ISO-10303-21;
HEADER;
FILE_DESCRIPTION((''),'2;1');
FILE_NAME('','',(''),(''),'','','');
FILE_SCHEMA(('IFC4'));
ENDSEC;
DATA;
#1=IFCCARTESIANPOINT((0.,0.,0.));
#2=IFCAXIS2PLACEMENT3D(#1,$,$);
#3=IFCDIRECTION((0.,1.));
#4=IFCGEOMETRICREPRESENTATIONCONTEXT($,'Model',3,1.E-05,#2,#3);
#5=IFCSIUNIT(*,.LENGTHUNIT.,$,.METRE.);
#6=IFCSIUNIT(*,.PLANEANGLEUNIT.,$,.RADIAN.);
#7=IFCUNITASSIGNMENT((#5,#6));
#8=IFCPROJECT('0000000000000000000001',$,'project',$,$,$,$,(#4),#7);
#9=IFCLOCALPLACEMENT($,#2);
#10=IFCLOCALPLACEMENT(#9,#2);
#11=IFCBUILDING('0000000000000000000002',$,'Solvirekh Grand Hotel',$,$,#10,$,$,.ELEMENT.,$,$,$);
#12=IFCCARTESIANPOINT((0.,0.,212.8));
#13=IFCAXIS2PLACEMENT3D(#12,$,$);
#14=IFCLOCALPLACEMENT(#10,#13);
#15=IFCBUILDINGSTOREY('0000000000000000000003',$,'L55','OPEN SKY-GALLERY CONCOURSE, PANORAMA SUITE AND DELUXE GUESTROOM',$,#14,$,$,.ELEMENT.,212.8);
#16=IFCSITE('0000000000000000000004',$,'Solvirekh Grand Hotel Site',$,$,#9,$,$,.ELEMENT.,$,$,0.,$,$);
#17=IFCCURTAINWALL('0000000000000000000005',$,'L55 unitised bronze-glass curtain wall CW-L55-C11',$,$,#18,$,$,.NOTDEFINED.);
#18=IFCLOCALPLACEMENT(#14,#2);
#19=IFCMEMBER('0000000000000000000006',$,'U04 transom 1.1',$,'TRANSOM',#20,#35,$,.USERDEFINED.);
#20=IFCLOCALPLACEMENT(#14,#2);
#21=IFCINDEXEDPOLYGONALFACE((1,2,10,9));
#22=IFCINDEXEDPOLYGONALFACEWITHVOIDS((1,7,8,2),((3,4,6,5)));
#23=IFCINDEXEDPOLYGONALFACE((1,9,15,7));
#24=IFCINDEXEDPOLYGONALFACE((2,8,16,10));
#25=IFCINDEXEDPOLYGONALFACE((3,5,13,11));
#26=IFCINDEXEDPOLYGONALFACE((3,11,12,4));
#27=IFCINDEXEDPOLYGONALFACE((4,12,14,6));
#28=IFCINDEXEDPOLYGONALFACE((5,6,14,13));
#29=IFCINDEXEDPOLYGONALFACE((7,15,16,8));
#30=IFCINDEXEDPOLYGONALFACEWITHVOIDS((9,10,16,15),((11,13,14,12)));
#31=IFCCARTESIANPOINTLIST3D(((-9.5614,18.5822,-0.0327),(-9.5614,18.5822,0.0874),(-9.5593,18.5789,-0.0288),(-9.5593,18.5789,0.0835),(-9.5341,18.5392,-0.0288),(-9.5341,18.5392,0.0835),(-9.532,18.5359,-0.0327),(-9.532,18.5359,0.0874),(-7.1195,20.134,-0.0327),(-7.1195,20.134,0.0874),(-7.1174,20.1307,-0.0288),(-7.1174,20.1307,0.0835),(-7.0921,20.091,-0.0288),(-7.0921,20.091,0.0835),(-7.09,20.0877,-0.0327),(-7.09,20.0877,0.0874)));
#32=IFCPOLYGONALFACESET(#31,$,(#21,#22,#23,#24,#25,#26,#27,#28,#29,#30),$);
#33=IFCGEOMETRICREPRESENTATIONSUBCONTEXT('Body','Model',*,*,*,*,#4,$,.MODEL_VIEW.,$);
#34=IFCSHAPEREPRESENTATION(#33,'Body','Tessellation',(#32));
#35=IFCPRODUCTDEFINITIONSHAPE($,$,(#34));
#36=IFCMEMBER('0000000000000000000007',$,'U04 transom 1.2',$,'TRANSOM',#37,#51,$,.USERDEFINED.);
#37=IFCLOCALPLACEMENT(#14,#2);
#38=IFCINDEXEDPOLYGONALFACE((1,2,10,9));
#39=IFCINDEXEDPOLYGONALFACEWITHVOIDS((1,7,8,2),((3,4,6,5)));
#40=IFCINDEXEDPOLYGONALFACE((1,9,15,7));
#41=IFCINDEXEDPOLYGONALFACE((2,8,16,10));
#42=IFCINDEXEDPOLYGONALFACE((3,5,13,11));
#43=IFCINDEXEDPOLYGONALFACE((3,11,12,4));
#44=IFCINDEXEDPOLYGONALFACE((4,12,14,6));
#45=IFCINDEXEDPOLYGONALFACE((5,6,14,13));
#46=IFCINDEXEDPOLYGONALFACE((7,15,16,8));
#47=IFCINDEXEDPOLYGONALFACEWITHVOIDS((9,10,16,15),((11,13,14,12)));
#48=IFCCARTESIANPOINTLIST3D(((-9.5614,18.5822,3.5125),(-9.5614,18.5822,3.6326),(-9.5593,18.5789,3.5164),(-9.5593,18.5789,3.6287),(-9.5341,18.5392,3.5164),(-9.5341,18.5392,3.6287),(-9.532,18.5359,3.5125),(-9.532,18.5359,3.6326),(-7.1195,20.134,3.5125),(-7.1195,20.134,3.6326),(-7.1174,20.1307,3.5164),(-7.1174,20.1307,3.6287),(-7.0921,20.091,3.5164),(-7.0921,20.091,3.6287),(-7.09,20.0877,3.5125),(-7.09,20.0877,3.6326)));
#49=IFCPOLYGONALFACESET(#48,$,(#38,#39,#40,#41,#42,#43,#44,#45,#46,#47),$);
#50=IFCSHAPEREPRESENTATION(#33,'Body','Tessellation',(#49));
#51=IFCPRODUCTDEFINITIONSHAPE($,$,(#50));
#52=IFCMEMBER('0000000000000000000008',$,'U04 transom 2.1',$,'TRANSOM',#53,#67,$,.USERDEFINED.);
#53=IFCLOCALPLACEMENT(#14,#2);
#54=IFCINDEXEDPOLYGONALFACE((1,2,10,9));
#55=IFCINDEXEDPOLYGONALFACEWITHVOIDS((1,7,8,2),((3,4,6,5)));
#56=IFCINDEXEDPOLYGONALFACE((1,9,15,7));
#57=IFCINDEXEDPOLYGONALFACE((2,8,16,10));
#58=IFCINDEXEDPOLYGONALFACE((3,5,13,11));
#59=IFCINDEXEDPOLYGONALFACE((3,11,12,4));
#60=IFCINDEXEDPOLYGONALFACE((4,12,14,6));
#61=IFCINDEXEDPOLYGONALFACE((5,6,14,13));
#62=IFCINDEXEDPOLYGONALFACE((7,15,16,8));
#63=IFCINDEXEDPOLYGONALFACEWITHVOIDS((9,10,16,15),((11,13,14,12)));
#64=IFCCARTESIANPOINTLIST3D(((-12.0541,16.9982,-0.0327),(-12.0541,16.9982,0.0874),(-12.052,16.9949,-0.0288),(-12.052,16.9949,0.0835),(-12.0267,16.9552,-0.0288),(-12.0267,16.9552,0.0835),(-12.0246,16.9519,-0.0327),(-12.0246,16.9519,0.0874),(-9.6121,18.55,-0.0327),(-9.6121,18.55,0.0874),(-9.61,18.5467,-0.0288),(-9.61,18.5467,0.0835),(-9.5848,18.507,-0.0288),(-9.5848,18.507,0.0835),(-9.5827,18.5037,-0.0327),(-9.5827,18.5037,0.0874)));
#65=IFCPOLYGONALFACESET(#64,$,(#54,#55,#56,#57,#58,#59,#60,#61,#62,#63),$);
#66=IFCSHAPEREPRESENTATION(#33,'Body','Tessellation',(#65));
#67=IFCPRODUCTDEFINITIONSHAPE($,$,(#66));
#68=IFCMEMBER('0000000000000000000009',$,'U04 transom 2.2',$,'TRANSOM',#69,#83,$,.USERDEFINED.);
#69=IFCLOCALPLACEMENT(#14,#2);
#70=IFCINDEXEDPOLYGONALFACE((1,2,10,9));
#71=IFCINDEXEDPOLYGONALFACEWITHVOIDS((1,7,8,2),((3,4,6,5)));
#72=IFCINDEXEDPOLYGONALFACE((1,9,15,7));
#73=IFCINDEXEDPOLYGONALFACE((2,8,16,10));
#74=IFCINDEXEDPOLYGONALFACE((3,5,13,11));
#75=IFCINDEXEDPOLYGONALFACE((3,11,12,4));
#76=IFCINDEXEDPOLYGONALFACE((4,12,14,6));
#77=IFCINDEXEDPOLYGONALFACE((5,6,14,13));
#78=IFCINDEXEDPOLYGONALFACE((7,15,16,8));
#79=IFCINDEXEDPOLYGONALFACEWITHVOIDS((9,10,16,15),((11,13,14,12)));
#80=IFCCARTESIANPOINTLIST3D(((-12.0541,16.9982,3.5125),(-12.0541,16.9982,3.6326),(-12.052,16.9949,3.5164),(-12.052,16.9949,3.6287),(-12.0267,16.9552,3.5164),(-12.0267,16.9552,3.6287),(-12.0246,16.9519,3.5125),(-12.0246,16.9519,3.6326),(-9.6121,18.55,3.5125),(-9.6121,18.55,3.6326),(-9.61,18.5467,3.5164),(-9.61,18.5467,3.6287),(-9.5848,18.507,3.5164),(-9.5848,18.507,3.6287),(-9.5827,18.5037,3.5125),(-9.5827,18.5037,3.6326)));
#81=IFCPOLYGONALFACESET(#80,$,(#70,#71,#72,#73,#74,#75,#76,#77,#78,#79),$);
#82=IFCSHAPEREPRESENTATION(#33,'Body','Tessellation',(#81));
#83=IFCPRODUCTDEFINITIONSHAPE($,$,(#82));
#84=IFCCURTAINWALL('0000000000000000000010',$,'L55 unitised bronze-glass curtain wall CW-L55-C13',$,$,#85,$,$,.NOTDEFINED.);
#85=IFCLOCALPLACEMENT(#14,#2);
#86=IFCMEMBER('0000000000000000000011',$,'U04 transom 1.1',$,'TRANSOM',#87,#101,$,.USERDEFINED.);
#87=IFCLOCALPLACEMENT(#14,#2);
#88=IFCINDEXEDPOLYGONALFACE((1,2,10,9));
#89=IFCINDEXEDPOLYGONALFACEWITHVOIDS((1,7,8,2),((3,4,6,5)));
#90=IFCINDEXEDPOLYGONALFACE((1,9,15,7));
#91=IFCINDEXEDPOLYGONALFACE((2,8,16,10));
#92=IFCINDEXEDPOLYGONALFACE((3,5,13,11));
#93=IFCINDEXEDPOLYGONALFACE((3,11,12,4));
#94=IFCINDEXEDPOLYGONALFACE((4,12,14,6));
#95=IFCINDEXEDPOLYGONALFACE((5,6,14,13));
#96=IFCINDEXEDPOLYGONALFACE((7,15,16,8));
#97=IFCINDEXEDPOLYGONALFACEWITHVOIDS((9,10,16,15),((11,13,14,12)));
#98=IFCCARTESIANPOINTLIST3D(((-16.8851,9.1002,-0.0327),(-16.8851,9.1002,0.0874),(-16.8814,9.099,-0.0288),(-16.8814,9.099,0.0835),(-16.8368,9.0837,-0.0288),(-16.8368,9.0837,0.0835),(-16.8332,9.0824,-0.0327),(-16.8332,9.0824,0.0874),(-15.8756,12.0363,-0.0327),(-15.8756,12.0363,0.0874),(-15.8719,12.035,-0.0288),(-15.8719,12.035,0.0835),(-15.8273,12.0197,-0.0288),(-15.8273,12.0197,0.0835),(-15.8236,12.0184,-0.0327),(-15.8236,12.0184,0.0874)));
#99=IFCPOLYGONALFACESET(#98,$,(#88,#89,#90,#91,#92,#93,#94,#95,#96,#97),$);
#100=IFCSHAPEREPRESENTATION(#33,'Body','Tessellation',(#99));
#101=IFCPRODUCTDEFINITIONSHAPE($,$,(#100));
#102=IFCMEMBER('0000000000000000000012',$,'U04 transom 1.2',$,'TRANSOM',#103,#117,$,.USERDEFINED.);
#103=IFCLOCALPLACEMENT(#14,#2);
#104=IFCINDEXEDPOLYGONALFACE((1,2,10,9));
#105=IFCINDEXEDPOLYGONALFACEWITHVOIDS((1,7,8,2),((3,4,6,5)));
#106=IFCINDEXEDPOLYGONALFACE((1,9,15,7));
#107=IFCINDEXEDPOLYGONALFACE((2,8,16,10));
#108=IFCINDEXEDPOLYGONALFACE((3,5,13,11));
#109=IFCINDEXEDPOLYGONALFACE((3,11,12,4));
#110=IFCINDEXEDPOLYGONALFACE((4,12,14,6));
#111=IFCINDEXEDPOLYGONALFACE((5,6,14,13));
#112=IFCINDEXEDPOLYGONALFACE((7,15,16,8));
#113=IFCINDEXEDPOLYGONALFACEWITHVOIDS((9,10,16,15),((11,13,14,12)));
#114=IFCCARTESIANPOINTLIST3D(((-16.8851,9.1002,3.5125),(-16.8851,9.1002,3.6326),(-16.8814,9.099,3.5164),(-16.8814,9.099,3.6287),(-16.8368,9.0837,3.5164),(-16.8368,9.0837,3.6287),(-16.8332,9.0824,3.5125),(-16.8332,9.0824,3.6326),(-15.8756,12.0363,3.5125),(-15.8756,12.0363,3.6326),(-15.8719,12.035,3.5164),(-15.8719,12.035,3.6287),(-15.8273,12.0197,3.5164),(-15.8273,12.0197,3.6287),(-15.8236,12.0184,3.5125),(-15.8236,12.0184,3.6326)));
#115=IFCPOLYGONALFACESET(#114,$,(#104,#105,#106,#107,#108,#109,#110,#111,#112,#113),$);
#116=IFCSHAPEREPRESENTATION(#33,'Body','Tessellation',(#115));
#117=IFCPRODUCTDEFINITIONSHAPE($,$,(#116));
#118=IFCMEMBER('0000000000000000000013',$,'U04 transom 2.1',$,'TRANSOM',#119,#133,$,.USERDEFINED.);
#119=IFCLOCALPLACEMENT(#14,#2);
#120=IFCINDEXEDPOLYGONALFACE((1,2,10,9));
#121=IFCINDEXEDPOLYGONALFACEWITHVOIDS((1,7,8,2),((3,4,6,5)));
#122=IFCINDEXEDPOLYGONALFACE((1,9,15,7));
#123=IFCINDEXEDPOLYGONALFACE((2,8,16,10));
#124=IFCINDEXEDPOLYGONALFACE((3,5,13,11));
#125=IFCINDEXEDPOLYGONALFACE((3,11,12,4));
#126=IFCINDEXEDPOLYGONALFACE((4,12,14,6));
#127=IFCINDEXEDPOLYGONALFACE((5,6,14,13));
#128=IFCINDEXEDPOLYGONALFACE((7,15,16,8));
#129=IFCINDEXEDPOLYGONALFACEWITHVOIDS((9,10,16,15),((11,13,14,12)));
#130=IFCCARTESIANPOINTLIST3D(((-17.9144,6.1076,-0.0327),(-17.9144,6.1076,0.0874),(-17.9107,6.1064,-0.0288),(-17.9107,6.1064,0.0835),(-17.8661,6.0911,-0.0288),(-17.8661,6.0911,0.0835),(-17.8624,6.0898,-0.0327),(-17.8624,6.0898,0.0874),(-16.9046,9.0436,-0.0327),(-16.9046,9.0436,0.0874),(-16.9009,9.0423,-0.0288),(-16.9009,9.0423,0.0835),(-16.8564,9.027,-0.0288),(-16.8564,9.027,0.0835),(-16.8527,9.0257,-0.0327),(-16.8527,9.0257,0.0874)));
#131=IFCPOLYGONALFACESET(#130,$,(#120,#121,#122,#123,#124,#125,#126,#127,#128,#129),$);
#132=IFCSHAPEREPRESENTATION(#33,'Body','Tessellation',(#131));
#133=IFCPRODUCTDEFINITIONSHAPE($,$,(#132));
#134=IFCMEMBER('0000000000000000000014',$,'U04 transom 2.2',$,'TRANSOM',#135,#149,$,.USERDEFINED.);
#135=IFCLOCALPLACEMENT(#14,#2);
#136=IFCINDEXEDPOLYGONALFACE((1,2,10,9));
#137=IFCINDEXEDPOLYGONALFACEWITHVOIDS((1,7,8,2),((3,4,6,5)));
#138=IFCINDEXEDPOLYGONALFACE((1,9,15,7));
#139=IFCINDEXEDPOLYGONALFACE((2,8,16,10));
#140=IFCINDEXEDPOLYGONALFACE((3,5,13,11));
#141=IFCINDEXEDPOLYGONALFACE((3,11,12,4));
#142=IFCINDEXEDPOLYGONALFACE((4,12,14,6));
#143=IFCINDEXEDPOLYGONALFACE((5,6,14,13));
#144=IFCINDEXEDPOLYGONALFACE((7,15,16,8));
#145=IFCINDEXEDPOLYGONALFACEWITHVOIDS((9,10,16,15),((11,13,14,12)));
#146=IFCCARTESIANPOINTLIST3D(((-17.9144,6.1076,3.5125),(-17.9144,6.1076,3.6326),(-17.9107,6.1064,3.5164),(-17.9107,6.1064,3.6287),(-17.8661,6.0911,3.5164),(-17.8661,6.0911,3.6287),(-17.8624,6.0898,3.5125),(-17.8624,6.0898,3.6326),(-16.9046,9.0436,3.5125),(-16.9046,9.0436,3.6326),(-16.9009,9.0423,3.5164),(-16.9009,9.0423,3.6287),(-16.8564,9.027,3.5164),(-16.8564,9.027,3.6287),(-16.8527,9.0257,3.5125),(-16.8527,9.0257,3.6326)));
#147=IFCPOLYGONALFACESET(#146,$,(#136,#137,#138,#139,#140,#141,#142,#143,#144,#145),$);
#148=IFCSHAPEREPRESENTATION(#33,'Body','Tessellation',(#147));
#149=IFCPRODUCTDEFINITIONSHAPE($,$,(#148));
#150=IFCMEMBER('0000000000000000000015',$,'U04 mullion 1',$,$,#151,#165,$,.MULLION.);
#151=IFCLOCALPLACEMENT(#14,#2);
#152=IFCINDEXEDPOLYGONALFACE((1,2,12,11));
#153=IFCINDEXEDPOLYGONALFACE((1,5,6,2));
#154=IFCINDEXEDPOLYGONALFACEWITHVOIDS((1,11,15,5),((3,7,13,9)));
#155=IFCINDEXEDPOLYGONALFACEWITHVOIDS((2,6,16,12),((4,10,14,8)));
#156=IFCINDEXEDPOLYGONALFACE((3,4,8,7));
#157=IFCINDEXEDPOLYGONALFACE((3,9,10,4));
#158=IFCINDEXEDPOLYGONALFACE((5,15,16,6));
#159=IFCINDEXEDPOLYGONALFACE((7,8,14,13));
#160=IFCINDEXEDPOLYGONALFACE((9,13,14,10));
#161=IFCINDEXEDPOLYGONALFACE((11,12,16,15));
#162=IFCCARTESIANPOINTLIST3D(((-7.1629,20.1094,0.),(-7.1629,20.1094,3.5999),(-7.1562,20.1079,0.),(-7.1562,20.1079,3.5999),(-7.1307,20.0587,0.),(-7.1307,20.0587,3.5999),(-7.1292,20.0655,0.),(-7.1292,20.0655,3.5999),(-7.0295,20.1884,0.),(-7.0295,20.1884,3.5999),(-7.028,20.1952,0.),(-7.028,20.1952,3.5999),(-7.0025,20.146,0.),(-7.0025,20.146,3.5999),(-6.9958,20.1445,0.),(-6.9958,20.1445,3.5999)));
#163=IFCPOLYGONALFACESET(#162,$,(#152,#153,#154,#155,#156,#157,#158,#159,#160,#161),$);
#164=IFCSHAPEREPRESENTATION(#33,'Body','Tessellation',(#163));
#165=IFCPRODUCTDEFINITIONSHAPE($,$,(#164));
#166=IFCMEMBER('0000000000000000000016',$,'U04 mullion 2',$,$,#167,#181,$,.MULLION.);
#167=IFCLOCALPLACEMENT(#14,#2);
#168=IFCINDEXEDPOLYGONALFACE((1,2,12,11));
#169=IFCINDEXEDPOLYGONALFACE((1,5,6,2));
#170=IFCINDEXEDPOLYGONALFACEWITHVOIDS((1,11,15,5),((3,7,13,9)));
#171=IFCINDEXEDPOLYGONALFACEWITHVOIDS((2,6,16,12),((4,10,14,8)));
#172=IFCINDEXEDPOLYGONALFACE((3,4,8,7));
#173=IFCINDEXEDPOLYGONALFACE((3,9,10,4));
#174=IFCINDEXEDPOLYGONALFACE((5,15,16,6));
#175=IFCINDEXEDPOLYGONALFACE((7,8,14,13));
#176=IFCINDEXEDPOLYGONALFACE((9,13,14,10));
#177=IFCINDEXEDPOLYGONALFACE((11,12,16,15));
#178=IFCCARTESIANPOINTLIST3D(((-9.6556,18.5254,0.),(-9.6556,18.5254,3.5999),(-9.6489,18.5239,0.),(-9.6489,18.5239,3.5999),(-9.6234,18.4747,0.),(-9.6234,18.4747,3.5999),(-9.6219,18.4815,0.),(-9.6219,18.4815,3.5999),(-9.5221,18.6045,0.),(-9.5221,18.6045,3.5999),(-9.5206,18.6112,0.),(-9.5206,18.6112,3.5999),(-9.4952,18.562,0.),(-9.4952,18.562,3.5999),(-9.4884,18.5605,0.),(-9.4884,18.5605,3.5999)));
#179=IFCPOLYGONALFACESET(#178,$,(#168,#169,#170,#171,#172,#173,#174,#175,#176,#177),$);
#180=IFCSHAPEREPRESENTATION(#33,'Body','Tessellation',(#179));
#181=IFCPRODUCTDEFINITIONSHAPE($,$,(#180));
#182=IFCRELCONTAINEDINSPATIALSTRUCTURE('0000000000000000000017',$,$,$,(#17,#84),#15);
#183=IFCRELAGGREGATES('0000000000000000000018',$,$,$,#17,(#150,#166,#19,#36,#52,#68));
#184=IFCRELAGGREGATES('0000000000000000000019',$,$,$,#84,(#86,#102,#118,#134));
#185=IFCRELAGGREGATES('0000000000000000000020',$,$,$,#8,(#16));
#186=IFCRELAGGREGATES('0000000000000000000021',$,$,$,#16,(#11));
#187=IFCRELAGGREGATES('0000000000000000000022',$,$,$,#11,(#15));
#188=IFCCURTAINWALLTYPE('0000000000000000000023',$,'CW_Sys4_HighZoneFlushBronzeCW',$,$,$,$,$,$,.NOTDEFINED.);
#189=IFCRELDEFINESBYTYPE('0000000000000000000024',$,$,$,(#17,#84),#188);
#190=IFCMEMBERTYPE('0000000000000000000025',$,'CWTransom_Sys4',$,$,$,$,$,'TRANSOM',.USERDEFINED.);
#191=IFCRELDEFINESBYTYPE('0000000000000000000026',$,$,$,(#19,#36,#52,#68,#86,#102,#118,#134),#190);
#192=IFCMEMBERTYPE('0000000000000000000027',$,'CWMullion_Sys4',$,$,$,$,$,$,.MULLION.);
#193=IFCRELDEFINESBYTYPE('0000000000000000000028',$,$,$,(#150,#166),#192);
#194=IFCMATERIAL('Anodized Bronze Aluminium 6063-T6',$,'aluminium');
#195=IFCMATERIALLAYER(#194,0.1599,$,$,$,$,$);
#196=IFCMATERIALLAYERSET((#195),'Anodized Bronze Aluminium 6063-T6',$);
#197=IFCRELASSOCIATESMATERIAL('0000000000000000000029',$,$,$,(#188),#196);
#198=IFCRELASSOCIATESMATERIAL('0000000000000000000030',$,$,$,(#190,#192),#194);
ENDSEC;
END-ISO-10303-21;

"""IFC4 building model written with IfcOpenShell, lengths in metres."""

from ifc_helpers import new_model, si_unit, direction, frame, origin, origin_2d, place, context, subcontext, project, spatial, hollow_rectangle, extrude, source, transform, mapped, material, layer, layer_set, material_profile, profile_set, type_object, element, aggregate, save


model = new_model("IFC4")

# Units and contexts
model_context = context("Model", 3, precision=1e-05, world=origin(), true_north=direction((0.0, 1.0)))
body_context = subcontext(model_context, "Body", "Model", "MODEL_VIEW")
ifc_project = project(units=[si_unit("LENGTHUNIT", "METRE"), si_unit("PLANEANGLEUNIT", "RADIAN")], contexts=[model_context])

# Site, building, storey
site_placement = place(None, origin())
site = spatial("IfcSite", under=ifc_project, at=site_placement, Name="Solvirekh Grand Hotel Site", CompositionType="ELEMENT", RefElevation=0.0)
building_placement = place(site_placement, origin())
building = spatial("IfcBuilding", under=site, at=building_placement, Name="Solvirekh Grand Hotel", CompositionType="ELEMENT")
storey_placement = place(building_placement, frame((0.0, 0.0, 212.8)))
storey = spatial("IfcBuildingStorey", under=building, at=storey_placement, Name="L55", Description="OPEN SKY-GALLERY CONCOURSE, PANORAMA SUITE AND DELUXE GUESTROOM", CompositionType="ELEMENT", Elevation=212.8)

# Curtain walls, members
ifc_material_1 = material(Name="Anodized Bronze Aluminium 6063-T6", Category="aluminium")
ifc_layer_1 = layer(ifc_material_1, 0.1599)
ifc_layer_set_1 = layer_set([ifc_layer_1], Name="Anodized Bronze Aluminium 6063-T6")
curtain_wall_type = type_object("IfcCurtainWallType", Name="CW_Sys4_HighZoneFlushBronzeCW", PredefinedType="NOTDEFINED", material=ifc_layer_set_1)
curtain_wall_1_placement = place(storey_placement, origin())
curtain_wall_1 = element("IfcCurtainWall", 1, at=curtain_wall_1_placement, inside=storey, type_object=curtain_wall_type, Name="L55 unitised bronze-glass curtain wall CW-L55-C11", PredefinedType="NOTDEFINED")
ifc_material_profile_1 = material_profile(ifc_material_1, hollow_rectangle(XDim=0.0549, YDim=0.1201, WallThickness=0.0039, at=origin_2d()), Name="ALU RHS 120X55X4")
ifc_profile_set_1 = profile_set([ifc_material_profile_1], Name="Anodized Bronze Aluminium 6063-T6")
member_type_1 = type_object("IfcMemberType", Name="CWTransom_Sys4", ElementType="TRANSOM", PredefinedType="USERDEFINED", material=ifc_profile_set_1)
shared_shape_1 = source(origin(), body_context, "Body", "SweptSolid", [
    extrude(hollow_rectangle(XDim=0.0549, YDim=0.1201, WallThickness=0.0039, at=origin_2d()), origin(), (0.0, 0.0, 1.0), 2.8933),
])
member_1_placement = place(storey_placement, frame((-7.1047, 20.1108, 0.0273), z_axis=(-0.844002, -0.53634, 0.0), x_axis=(0.53634, -0.844002, 0.0)))
member_1 = element("IfcMember", 2, at=member_1_placement, type_object=member_type_1, Name="U04 transom 1.1", ObjectType="TRANSOM", PredefinedType="USERDEFINED", context=body_context, shape_type="MappedRepresentation", body=[
    mapped(shared_shape_1, transform((0.0, 0.0, 0.0), x_axis=(1.0, 0.0, 0.0), y_axis=(0.0, 1.0, 0.0), z_axis=(0.0, 0.0, 1.0), scale=1.0)),
])
member_2_placement = place(storey_placement, frame((-7.1047, 20.1108, 3.5725), z_axis=(-0.844002, -0.53634, 0.0), x_axis=(0.53634, -0.844002, 0.0)))
member_2 = element("IfcMember", 3, at=member_2_placement, type_object=member_type_1, Name="U04 transom 1.2", ObjectType="TRANSOM", PredefinedType="USERDEFINED", context=body_context, shape_type="MappedRepresentation", body=[
    mapped(shared_shape_1, transform((0.0, 0.0, 0.0), x_axis=(1.0, 0.0, 0.0), y_axis=(0.0, 1.0, 0.0), z_axis=(0.0, 0.0, 1.0), scale=1.0)),
])
member_3_placement = place(storey_placement, frame((-9.5974, 18.5269, 0.0273), z_axis=(-0.844002, -0.53634, 0.0), x_axis=(0.53634, -0.844002, 0.0)))
member_3 = element("IfcMember", 4, at=member_3_placement, type_object=member_type_1, Name="U04 transom 2.1", ObjectType="TRANSOM", PredefinedType="USERDEFINED", context=body_context, shape_type="MappedRepresentation", body=[
    mapped(shared_shape_1, transform((0.0, 0.0, 0.0), x_axis=(1.0, 0.0, 0.0), y_axis=(0.0, 1.0, 0.0), z_axis=(0.0, 0.0, 1.0), scale=1.0)),
])
member_4_placement = place(storey_placement, frame((-9.5974, 18.5269, 3.5725), z_axis=(-0.844002, -0.53634, 0.0), x_axis=(0.53634, -0.844002, 0.0)))
member_4 = element("IfcMember", 5, at=member_4_placement, type_object=member_type_1, Name="U04 transom 2.2", ObjectType="TRANSOM", PredefinedType="USERDEFINED", context=body_context, shape_type="MappedRepresentation", body=[
    mapped(shared_shape_1, transform((0.0, 0.0, 0.0), x_axis=(1.0, 0.0, 0.0), y_axis=(0.0, 1.0, 0.0), z_axis=(0.0, 0.0, 1.0), scale=1.0)),
])
curtain_wall_2_placement = place(storey_placement, origin())
curtain_wall_2 = element("IfcCurtainWall", 6, at=curtain_wall_2_placement, inside=storey, type_object=curtain_wall_type, Name="L55 unitised bronze-glass curtain wall CW-L55-C13", PredefinedType="NOTDEFINED")
shared_shape_2 = source(origin(), body_context, "Body", "SweptSolid", [
    extrude(hollow_rectangle(XDim=0.0549, YDim=0.1201, WallThickness=0.0039, at=origin_2d()), origin(), (0.0, 0.0, 1.0), 3.1047),
])
member_5_placement = place(storey_placement, frame((-15.8496, 12.0273, 0.0273), z_axis=(-0.325154, -0.945661, 0.0), x_axis=(0.945661, -0.325154, 0.0)))
member_5 = element("IfcMember", 7, at=member_5_placement, type_object=member_type_1, Name="U04 transom 1.1", ObjectType="TRANSOM", PredefinedType="USERDEFINED", context=body_context, shape_type="MappedRepresentation", body=[
    mapped(shared_shape_2, transform((0.0, 0.0, 0.0), x_axis=(1.0, 0.0, 0.0), y_axis=(0.0, 1.0, 0.0), z_axis=(0.0, 0.0, 1.0), scale=1.0)),
])
member_6_placement = place(storey_placement, frame((-15.8496, 12.0273, 3.5725), z_axis=(-0.325154, -0.945661, 0.0), x_axis=(0.945661, -0.325154, 0.0)))
member_6 = element("IfcMember", 8, at=member_6_placement, type_object=member_type_1, Name="U04 transom 1.2", ObjectType="TRANSOM", PredefinedType="USERDEFINED", context=body_context, shape_type="MappedRepresentation", body=[
    mapped(shared_shape_2, transform((0.0, 0.0, 0.0), x_axis=(1.0, 0.0, 0.0), y_axis=(0.0, 1.0, 0.0), z_axis=(0.0, 0.0, 1.0), scale=1.0)),
])
member_7_placement = place(storey_placement, frame((-16.8787, 9.0347, 0.0273), z_axis=(-0.325225, -0.945637, 0.0), x_axis=(0.945637, -0.325225, 0.0)))
member_7 = element("IfcMember", 9, at=member_7_placement, type_object=member_type_1, Name="U04 transom 2.1", ObjectType="TRANSOM", PredefinedType="USERDEFINED", context=body_context, shape_type="MappedRepresentation", body=[
    mapped(shared_shape_2, transform((0.0, 0.0, 0.0), x_axis=(1.0, 0.0, 0.0), y_axis=(0.0, 1.0, 0.0), z_axis=(0.0, 0.0, 1.0), scale=1.0)),
])
member_8_placement = place(storey_placement, frame((-16.8787, 9.0347, 3.5725), z_axis=(-0.325225, -0.945637, 0.0), x_axis=(0.945637, -0.325225, 0.0)))
member_8 = element("IfcMember", 10, at=member_8_placement, type_object=member_type_1, Name="U04 transom 2.2", ObjectType="TRANSOM", PredefinedType="USERDEFINED", context=body_context, shape_type="MappedRepresentation", body=[
    mapped(shared_shape_2, transform((0.0, 0.0, 0.0), x_axis=(1.0, 0.0, 0.0), y_axis=(0.0, 1.0, 0.0), z_axis=(0.0, 0.0, 1.0), scale=1.0)),
])

# Members
ifc_material_profile_2 = material_profile(ifc_material_1, hollow_rectangle(XDim=0.0601, YDim=0.1599, WallThickness=0.0049, at=origin_2d()), Name="ALU RHS 160X60X5")
ifc_profile_set_2 = profile_set([ifc_material_profile_2], Name="Anodized Bronze Aluminium 6063-T6")
member_type_2 = type_object("IfcMemberType", Name="CWMullion_Sys4", PredefinedType="MULLION", material=ifc_profile_set_2)
shared_shape_3 = source(origin(), body_context, "Body", "SweptSolid", [
    extrude(hollow_rectangle(XDim=0.0601, YDim=0.1599, WallThickness=0.0049, at=origin_2d()), origin(), (0.0, 0.0, 1.0), 3.5999),
])
member_9_placement = place(storey_placement, frame((-7.0793, 20.127, 0.0), z_axis=(0.0, 0.0, 1.0), x_axis=(0.536311, -0.84402, 0.0)))
member_9 = element("IfcMember", 11, at=member_9_placement, type_object=member_type_2, Name="U04 mullion 1", PredefinedType="MULLION", context=body_context, shape_type="MappedRepresentation", body=[
    mapped(shared_shape_3, transform((0.0, 0.0, 0.0), x_axis=(1.0, 0.0, 0.0), y_axis=(0.0, 1.0, 0.0), z_axis=(0.0, 0.0, 1.0), scale=1.0)),
])
member_10_placement = place(storey_placement, frame((-9.572, 18.543, 0.0), z_axis=(0.0, 0.0, 1.0), x_axis=(0.536311, -0.84402, 0.0)))
member_10 = element("IfcMember", 12, at=member_10_placement, type_object=member_type_2, Name="U04 mullion 2", PredefinedType="MULLION", context=body_context, shape_type="MappedRepresentation", body=[
    mapped(shared_shape_3, transform((0.0, 0.0, 0.0), x_axis=(1.0, 0.0, 0.0), y_axis=(0.0, 1.0, 0.0), z_axis=(0.0, 0.0, 1.0), scale=1.0)),
])

aggregate(curtain_wall_1, [member_9, member_10, member_1, member_2, member_3, member_4])
aggregate(curtain_wall_2, [member_5, member_6, member_7, member_8])

save(model, "model.ifc")
